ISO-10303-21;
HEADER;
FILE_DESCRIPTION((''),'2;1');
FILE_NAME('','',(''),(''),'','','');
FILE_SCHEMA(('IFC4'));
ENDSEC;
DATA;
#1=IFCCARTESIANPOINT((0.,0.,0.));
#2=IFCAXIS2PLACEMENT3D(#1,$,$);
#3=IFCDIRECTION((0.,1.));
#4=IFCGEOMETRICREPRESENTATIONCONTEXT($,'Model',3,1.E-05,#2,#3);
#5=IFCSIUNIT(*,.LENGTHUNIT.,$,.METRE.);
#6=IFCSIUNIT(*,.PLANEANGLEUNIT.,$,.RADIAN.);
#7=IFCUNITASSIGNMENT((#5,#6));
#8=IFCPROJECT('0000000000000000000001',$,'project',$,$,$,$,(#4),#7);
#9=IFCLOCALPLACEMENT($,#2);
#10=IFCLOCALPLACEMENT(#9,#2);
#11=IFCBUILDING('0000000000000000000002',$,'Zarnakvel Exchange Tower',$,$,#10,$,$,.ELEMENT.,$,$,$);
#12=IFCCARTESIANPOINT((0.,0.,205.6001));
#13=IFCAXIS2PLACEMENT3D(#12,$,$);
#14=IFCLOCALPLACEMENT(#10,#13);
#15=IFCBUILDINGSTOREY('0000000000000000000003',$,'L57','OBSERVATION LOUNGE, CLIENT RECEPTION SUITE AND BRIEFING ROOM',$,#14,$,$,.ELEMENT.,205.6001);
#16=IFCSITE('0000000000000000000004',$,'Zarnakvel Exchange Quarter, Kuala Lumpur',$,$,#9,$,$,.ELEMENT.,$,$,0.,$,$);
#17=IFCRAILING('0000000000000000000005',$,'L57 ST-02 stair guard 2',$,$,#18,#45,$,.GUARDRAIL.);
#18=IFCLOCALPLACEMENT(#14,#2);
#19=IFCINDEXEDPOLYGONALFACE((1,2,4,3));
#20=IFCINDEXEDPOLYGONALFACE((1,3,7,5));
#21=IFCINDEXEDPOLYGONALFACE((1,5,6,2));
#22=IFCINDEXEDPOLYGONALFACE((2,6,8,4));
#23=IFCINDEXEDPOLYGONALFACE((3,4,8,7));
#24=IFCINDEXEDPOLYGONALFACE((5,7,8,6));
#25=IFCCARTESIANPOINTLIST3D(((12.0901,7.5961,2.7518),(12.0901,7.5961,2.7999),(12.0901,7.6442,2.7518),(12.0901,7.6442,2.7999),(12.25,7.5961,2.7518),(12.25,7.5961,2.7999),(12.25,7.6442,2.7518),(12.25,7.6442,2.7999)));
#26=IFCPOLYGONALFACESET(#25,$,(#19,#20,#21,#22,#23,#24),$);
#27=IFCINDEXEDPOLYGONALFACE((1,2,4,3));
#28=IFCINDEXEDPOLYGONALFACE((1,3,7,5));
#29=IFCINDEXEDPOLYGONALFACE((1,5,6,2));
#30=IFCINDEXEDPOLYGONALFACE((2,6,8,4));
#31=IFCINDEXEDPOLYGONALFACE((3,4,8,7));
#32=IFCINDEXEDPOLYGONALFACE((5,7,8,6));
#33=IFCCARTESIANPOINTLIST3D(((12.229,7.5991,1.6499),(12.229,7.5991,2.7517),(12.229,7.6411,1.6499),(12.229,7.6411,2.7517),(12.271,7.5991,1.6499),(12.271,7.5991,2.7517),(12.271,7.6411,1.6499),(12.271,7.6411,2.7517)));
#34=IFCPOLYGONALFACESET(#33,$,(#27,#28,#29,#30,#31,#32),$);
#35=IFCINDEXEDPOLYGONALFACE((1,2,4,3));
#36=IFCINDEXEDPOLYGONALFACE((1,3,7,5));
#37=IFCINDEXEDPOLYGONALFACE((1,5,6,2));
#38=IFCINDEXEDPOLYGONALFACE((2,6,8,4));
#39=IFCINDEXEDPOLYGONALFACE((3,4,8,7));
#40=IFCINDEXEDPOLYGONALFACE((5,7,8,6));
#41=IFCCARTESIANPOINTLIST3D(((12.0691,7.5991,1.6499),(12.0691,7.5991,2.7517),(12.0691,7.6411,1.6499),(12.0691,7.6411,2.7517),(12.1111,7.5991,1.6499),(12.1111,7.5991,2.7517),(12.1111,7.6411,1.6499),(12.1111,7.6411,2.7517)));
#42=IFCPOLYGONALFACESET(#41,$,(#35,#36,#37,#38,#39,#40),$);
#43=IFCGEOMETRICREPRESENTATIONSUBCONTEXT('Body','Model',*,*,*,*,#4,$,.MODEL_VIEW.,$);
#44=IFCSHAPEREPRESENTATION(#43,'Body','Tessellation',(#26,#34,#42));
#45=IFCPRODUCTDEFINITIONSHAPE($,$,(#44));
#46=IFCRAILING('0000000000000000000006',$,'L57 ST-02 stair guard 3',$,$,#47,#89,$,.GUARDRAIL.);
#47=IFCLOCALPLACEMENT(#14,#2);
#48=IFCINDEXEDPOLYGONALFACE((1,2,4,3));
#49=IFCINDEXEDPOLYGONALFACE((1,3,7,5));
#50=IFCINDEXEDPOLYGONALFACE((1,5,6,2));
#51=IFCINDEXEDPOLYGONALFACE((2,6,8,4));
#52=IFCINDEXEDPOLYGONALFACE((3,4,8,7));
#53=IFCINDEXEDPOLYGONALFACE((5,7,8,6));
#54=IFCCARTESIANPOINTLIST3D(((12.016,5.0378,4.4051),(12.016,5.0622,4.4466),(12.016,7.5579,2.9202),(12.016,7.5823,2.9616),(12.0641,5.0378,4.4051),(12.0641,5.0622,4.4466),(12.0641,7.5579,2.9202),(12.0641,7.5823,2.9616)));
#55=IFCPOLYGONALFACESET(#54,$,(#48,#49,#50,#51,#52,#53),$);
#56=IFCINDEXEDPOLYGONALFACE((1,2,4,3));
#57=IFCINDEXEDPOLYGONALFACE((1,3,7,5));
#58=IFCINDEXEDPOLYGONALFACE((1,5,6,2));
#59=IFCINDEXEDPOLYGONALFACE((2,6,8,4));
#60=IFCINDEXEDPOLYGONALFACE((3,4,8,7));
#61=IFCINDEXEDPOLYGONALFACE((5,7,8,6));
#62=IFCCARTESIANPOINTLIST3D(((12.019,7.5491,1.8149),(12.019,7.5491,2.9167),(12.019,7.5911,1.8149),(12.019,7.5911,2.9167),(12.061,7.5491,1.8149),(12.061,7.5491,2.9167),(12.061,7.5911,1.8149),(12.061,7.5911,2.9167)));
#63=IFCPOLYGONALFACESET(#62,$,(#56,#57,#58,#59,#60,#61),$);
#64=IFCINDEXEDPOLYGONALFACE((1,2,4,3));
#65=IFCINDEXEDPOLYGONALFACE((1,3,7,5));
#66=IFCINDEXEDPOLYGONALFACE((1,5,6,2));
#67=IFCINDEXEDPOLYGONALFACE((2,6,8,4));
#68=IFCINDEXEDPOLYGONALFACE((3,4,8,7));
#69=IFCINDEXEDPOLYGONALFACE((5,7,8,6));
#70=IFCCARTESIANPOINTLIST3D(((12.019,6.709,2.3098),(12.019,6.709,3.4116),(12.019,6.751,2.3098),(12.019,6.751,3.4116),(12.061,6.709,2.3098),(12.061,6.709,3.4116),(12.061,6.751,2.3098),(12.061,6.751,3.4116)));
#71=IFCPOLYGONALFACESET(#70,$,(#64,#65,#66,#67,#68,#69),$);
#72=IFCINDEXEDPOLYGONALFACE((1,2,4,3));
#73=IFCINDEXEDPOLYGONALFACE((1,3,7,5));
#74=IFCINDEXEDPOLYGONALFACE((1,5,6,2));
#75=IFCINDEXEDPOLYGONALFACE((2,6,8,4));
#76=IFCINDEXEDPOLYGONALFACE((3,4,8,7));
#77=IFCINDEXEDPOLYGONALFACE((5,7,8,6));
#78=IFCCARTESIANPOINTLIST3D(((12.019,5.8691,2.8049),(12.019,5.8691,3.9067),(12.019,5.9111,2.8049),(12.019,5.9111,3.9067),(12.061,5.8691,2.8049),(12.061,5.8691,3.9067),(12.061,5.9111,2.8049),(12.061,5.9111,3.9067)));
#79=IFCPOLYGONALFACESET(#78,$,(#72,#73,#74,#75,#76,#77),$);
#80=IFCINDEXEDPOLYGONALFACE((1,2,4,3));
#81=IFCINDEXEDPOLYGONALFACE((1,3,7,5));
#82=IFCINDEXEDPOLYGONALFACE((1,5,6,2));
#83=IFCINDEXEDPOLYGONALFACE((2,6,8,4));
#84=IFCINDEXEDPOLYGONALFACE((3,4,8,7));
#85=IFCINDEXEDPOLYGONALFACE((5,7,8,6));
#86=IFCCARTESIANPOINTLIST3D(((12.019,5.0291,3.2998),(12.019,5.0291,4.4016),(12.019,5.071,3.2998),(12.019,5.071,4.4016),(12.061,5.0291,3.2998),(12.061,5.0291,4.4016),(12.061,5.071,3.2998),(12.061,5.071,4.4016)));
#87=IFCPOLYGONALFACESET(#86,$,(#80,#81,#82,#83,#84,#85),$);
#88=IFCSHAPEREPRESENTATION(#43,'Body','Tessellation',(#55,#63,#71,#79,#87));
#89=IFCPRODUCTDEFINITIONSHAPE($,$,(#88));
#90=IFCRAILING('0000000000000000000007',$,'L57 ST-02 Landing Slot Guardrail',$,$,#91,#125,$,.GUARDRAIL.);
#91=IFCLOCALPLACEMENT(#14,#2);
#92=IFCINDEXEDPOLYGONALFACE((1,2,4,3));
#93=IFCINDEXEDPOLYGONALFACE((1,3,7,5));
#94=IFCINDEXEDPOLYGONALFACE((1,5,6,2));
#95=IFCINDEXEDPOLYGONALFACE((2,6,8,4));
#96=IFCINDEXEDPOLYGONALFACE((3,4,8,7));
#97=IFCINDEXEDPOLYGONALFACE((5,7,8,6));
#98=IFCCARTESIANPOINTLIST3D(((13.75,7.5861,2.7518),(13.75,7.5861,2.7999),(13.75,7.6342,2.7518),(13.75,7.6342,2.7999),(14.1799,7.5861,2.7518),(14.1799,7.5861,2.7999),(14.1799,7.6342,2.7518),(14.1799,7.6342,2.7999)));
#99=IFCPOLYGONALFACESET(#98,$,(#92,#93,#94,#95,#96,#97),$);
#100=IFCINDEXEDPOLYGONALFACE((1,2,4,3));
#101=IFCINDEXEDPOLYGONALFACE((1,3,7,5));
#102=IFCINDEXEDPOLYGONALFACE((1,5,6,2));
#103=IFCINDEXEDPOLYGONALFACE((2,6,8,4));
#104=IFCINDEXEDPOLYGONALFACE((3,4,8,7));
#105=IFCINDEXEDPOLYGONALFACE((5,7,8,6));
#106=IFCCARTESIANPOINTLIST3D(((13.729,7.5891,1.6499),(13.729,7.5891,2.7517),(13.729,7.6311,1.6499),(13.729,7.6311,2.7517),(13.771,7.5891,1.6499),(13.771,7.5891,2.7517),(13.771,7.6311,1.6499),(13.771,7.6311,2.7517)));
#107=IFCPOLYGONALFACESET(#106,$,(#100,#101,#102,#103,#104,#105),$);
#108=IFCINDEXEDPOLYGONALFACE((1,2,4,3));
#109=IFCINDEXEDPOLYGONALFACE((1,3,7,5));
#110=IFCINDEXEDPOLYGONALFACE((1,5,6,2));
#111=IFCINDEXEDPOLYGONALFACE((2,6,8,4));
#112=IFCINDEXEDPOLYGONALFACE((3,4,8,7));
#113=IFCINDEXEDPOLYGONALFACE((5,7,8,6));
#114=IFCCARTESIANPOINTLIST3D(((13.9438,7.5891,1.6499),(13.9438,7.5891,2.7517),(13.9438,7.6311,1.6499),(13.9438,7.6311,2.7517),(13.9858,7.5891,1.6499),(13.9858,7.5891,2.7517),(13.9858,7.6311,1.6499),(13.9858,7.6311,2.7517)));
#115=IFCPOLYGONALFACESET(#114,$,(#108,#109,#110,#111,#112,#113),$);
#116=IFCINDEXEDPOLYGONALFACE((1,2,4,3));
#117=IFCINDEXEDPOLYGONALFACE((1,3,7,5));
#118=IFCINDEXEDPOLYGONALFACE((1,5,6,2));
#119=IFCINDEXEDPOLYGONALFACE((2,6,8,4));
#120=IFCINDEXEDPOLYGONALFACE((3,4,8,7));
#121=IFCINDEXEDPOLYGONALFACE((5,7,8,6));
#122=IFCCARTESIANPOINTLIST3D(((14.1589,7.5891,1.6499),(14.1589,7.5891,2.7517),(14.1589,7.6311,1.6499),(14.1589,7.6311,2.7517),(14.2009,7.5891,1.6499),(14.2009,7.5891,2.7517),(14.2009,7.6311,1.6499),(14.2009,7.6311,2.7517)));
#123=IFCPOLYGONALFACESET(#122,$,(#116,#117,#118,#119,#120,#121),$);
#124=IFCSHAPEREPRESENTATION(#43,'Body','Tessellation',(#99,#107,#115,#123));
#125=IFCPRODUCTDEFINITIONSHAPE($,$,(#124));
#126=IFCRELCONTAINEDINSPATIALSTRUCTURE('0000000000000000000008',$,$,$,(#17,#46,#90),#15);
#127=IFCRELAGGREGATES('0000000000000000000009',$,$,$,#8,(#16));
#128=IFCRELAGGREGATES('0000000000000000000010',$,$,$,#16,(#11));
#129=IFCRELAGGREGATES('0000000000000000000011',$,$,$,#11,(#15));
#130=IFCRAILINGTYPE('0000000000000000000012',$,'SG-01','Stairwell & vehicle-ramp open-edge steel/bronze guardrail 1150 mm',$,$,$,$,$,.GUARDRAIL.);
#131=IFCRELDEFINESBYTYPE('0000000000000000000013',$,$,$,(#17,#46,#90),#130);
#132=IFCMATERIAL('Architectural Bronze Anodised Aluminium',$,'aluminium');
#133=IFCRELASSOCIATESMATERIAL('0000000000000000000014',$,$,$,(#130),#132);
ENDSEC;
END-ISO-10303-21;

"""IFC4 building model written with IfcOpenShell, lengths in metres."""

from ifc_helpers import new_model, si_unit, direction, frame, origin, origin_2d, place, context, subcontext, project, spatial, rectangle, extrude, material, type_object, element, save


model = new_model("IFC4")

# Units and contexts
model_context = context("Model", 3, precision=1e-05, world=origin(), true_north=direction((0.0, 1.0)))
body_context = subcontext(model_context, "Body", "Model", "MODEL_VIEW")
ifc_project = project(units=[si_unit("LENGTHUNIT", "METRE"), si_unit("PLANEANGLEUNIT", "RADIAN")], contexts=[model_context])

# Site, building, storey
site_placement = place(None, origin())
site = spatial("IfcSite", under=ifc_project, at=site_placement, Name="Zarnakvel Exchange Quarter, Kuala Lumpur", CompositionType="ELEMENT", RefElevation=0.0)
building_placement = place(site_placement, origin())
building = spatial("IfcBuilding", under=site, at=building_placement, Name="Zarnakvel Exchange Tower", CompositionType="ELEMENT")
storey_placement = place(building_placement, frame((0.0, 0.0, 205.6001)))
storey = spatial("IfcBuildingStorey", under=building, at=storey_placement, Name="L57", Description="OBSERVATION LOUNGE, CLIENT RECEPTION SUITE AND BRIEFING ROOM", CompositionType="ELEMENT", Elevation=205.6001)

# Shared definitions
ifc_material_1 = material(Name="Architectural Bronze Anodised Aluminium", Category="aluminium")

# Railings
railing_type = type_object("IfcRailingType", Name="SG-01", Description="Stairwell & vehicle-ramp open-edge steel/bronze guardrail 1150 mm", PredefinedType="GUARDRAIL", material=ifc_material_1)
railing_1_placement = place(storey_placement, frame((12.25, 7.6201, 1.6499)))
element("IfcRailing", 1, at=railing_1_placement, inside=storey, type_object=railing_type, Name="L57 ST-02 stair guard 2", PredefinedType="GUARDRAIL", context=body_context, shape_type="SweptSolid", body=[
    extrude(rectangle(XDim=0.0481, YDim=0.0481, at=origin_2d()), frame((0.0, 0.0, 1.126), z_axis=(-1.0, 0.0, 0.0), x_axis=(0.0, -1.0, 0.0)), (0.0, 0.0, 1.0), 0.1599),
    extrude(rectangle(XDim=0.042, YDim=0.042, at=origin_2d()), origin(), (0.0, 0.0, 1.0), 1.1018),
    extrude(rectangle(XDim=0.042, YDim=0.042, at=origin_2d()), frame((-0.1599, 0.0, 0.0)), (0.0, 0.0, 1.0), 1.1018),
])
railing_2_placement = place(storey_placement, frame((12.04, 7.5701, 1.8149)))
element("IfcRailing", 2, at=railing_2_placement, inside=storey, type_object=railing_type, Name="L57 ST-02 stair guard 3", PredefinedType="GUARDRAIL", context=body_context, shape_type="SweptSolid", body=[
    extrude(rectangle(XDim=0.0481, YDim=0.0481, at=origin_2d()), frame((0.0, 0.0, 1.126), z_axis=(0.0, -0.861561, 0.507655), x_axis=(1.0, 0.0, 0.0)), (0.0, 0.0, 1.0), 2.925),
    extrude(rectangle(XDim=0.042, YDim=0.042, at=origin_2d()), origin(), (0.0, 0.0, 1.0), 1.1018),
    extrude(rectangle(XDim=0.042, YDim=0.042, at=origin_2d()), frame((0.0, -0.8401, 0.4949)), (0.0, 0.0, 1.0), 1.1018),
    extrude(rectangle(XDim=0.042, YDim=0.042, at=origin_2d()), frame((0.0, -1.6799, 0.99)), (0.0, 0.0, 1.0), 1.1018),
    extrude(rectangle(XDim=0.042, YDim=0.042, at=origin_2d()), frame((0.0, -2.52, 1.4849)), (0.0, 0.0, 1.0), 1.1018),
])
railing_3_placement = place(storey_placement, frame((13.75, 7.6101, 1.6499)))
element("IfcRailing", 3, at=railing_3_placement, inside=storey, type_object=railing_type, Name="L57 ST-02 Landing Slot Guardrail", PredefinedType="GUARDRAIL", context=body_context, shape_type="SweptSolid", body=[
    extrude(rectangle(XDim=0.0481, YDim=0.0481, at=origin_2d()), frame((0.0, 0.0, 1.126), z_axis=(1.0, 0.0, 0.0), x_axis=(0.0, 1.0, 0.0)), (0.0, 0.0, 1.0), 0.4299),
    extrude(rectangle(XDim=0.042, YDim=0.042, at=origin_2d()), origin(), (0.0, 0.0, 1.0), 1.1018),
    extrude(rectangle(XDim=0.042, YDim=0.042, at=origin_2d()), frame((0.2148, 0.0, 0.0)), (0.0, 0.0, 1.0), 1.1018),
    extrude(rectangle(XDim=0.042, YDim=0.042, at=origin_2d()), frame((0.4299, 0.0, 0.0)), (0.0, 0.0, 1.0), 1.1018),
])

save(model, "model.ifc")
